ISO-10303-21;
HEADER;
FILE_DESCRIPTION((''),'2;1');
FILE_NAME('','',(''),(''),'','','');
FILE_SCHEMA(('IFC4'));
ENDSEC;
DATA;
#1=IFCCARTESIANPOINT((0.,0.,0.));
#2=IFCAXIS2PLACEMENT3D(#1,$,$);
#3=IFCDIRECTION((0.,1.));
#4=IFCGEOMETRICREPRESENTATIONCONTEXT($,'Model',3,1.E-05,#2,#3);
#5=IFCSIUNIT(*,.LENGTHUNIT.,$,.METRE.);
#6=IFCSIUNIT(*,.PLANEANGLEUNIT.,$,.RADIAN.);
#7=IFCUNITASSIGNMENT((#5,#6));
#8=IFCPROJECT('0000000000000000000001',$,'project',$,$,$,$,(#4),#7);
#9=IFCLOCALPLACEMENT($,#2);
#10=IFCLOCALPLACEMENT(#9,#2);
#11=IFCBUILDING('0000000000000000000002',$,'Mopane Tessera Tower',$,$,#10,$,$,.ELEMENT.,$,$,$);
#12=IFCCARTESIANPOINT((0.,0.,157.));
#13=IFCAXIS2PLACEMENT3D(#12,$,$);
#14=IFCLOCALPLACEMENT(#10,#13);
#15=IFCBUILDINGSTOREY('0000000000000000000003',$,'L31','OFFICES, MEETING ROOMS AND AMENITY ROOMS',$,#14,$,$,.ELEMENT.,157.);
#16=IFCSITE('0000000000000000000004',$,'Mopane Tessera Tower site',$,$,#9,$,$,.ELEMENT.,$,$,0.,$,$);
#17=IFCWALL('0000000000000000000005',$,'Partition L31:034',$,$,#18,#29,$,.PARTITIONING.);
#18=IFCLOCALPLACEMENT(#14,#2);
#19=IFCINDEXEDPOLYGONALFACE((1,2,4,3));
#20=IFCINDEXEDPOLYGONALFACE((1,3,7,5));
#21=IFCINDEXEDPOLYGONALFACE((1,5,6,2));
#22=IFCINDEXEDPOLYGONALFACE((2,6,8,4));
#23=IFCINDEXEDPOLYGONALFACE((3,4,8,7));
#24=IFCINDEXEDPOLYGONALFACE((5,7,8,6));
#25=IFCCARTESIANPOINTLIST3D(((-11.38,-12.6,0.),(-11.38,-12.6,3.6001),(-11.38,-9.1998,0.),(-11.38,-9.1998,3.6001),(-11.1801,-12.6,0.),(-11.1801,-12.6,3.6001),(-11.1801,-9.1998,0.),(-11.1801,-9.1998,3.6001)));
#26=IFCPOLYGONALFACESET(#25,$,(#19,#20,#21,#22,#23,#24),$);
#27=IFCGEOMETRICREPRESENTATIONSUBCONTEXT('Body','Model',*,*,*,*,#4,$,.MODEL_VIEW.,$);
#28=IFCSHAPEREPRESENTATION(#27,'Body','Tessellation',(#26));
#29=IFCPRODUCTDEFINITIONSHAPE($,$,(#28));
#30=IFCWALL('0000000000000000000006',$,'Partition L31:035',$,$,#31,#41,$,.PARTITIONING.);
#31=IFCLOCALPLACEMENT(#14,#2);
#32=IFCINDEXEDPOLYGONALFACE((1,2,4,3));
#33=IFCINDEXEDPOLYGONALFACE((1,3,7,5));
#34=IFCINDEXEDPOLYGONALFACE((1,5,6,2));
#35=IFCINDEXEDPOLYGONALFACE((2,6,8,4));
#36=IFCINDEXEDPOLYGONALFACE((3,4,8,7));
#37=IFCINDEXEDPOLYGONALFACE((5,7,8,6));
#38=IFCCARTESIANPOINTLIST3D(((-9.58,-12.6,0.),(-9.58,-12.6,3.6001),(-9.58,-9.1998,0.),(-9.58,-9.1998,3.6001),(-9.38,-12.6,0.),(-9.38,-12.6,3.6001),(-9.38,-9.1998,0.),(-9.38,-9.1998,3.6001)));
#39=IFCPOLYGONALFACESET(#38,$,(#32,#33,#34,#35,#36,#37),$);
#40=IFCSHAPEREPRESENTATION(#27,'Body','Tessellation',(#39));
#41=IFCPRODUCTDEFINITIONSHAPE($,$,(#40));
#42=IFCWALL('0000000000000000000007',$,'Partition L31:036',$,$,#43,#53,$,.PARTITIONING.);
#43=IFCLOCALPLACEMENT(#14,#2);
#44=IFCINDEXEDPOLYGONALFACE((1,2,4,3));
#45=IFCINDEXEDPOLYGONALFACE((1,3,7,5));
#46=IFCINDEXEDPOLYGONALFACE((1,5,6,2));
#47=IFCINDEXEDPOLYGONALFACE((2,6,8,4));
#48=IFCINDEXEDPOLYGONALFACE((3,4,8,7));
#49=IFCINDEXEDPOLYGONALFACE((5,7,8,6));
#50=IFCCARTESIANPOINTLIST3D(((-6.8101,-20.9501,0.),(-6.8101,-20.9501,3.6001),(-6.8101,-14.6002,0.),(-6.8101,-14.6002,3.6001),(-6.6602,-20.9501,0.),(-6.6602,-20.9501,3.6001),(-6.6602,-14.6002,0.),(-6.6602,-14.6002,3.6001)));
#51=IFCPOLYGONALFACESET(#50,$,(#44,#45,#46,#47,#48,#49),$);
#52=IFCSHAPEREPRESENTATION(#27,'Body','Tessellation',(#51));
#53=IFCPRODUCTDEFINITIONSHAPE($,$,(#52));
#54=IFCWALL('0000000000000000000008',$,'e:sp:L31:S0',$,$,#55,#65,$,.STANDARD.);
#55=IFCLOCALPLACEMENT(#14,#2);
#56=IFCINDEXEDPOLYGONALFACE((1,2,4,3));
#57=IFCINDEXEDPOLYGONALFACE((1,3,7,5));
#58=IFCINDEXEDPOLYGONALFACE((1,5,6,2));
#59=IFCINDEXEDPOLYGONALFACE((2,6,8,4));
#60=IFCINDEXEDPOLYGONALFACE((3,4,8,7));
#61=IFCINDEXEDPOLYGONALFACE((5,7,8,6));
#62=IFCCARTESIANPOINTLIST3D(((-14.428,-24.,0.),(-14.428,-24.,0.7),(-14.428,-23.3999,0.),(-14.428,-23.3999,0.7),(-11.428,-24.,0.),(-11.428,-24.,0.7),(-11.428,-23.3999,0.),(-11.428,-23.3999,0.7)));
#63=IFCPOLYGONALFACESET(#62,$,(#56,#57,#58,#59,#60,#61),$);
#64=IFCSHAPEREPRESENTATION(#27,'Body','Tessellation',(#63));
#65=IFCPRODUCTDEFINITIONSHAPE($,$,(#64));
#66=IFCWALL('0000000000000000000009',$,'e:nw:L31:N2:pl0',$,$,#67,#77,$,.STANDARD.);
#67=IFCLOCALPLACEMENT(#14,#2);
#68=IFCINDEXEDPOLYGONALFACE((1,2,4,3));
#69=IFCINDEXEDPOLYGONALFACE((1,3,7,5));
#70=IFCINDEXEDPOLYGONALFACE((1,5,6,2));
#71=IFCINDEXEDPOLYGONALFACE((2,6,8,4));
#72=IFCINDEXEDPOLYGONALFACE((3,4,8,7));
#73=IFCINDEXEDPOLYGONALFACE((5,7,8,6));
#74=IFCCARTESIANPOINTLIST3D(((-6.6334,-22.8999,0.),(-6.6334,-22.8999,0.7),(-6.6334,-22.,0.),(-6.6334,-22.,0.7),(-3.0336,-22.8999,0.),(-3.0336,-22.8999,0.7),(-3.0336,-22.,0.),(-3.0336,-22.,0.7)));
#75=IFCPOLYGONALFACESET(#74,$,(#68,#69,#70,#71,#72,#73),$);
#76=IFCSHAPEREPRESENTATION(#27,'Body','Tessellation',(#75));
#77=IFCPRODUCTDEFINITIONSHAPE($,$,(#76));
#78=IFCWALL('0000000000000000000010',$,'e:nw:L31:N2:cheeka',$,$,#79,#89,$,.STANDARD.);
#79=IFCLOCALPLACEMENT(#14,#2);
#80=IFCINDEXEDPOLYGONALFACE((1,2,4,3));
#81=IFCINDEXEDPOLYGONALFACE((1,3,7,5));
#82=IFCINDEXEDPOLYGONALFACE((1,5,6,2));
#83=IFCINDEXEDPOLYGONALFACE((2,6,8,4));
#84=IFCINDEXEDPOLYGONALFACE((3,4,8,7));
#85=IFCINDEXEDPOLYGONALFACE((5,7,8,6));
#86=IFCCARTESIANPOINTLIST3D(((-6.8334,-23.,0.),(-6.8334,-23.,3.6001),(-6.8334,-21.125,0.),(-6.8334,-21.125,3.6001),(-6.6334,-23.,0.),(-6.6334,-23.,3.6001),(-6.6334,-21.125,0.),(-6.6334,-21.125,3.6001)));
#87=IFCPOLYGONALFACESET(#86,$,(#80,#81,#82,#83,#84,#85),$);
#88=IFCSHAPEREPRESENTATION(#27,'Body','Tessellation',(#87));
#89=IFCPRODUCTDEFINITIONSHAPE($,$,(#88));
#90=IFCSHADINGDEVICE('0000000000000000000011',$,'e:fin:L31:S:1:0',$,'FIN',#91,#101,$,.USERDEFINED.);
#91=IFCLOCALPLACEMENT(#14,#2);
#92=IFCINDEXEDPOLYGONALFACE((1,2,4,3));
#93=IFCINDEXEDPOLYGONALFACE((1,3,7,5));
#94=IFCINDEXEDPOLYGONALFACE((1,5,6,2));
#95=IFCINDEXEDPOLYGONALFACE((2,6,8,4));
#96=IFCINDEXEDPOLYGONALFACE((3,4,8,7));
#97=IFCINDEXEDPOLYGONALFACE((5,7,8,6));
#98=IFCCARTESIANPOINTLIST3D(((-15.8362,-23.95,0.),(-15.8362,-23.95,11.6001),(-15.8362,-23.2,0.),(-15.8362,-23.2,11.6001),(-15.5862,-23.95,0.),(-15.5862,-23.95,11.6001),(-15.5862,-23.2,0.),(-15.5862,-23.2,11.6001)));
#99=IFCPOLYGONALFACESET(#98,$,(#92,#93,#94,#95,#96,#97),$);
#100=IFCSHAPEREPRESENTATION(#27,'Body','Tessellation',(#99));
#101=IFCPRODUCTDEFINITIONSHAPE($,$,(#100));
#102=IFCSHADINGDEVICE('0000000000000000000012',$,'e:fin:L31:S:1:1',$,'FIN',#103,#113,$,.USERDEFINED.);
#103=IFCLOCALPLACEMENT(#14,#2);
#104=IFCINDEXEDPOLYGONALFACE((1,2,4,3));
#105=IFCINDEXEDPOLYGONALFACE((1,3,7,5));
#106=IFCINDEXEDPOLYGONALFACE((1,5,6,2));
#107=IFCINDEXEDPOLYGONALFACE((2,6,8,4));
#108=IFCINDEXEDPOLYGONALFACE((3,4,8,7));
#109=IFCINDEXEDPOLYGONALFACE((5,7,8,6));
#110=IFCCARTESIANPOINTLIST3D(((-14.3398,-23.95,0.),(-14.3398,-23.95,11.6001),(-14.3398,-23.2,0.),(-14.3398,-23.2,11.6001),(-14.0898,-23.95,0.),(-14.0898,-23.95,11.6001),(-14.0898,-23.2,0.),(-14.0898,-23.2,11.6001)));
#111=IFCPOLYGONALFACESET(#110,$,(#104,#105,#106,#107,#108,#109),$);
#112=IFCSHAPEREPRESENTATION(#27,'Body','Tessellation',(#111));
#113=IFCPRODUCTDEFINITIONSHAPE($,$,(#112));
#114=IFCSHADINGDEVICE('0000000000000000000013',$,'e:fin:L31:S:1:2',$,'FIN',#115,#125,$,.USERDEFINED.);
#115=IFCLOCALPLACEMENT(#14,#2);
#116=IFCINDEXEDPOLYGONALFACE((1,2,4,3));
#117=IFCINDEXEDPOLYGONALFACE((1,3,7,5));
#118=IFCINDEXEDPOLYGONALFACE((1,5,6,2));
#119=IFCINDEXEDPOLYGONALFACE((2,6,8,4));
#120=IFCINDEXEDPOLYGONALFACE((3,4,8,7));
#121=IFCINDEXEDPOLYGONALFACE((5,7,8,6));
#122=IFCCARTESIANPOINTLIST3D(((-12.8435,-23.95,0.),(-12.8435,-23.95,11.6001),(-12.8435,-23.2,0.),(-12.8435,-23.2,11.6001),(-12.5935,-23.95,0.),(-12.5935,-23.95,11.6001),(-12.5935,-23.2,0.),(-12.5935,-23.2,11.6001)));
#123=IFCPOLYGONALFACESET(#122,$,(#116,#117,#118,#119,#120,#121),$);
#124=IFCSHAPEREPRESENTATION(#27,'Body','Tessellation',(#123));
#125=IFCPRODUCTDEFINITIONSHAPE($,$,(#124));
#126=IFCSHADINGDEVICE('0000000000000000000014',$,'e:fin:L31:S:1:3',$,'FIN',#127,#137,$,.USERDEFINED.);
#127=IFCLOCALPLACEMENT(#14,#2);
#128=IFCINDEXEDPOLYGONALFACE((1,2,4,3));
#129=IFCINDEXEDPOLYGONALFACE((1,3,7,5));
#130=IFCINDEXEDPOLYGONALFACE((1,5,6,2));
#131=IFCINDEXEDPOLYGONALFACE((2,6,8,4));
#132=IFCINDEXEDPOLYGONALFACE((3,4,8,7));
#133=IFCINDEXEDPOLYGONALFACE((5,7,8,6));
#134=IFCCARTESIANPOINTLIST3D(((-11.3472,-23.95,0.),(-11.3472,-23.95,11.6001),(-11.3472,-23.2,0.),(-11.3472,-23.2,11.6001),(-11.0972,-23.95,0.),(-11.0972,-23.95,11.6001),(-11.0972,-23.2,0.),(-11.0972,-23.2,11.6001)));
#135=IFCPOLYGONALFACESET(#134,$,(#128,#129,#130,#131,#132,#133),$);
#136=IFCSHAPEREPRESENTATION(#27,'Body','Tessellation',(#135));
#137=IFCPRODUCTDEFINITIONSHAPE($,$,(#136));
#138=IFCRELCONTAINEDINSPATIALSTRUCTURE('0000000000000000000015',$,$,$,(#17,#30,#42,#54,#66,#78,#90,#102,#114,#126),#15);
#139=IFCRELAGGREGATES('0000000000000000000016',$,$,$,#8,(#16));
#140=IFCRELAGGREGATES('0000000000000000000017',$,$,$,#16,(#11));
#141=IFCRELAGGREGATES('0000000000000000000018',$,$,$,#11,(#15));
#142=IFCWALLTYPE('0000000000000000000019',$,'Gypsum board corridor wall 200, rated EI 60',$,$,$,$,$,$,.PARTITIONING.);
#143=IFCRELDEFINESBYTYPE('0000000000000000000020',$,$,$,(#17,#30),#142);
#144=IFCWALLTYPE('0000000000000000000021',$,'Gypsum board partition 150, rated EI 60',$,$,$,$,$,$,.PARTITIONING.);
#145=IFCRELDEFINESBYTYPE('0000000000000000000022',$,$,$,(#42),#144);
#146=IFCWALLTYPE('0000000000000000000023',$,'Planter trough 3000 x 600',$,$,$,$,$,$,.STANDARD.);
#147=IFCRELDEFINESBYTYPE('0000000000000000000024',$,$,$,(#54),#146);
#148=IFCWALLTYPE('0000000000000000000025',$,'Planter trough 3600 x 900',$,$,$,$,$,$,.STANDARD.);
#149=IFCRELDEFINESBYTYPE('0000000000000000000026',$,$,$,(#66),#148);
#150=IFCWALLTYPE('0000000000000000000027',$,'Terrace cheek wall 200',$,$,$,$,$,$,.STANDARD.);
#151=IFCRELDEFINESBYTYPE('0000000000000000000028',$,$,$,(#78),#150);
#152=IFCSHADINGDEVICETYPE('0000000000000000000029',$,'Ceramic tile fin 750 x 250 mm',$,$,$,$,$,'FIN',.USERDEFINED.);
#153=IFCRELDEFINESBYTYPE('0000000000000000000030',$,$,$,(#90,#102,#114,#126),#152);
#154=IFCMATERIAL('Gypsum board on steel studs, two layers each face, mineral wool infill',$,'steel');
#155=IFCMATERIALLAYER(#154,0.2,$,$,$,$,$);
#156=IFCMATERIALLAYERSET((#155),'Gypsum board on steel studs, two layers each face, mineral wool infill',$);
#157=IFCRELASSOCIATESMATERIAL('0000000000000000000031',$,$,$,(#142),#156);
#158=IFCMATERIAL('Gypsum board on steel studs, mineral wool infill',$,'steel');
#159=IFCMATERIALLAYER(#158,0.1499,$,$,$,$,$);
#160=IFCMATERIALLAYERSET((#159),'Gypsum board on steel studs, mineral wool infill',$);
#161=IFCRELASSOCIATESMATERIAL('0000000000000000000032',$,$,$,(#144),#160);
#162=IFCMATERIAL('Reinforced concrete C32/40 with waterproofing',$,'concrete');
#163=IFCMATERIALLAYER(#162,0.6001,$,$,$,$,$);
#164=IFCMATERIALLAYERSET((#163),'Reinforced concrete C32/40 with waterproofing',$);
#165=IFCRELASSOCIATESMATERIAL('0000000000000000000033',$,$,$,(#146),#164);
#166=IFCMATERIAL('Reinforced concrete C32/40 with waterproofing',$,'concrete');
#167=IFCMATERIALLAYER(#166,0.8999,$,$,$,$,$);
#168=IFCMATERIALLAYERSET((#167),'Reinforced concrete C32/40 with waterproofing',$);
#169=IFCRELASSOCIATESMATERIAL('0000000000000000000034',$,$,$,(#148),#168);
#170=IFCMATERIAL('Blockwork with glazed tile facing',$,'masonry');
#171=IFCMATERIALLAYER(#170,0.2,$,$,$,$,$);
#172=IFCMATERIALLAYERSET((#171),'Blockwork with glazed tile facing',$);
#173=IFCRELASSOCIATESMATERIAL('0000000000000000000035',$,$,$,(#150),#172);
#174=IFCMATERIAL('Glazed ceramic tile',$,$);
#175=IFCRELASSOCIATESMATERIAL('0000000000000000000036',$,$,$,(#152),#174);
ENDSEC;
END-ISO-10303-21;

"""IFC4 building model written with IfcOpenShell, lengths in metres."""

from ifc_helpers import new_model, si_unit, direction, frame, frame_2d, origin, origin_2d, place, context, subcontext, project, spatial, rectangle, extrude, material, layer, layer_set, type_object, element, save


model = new_model("IFC4")

# Units and contexts
model_context = context("Model", 3, precision=1e-05, world=origin(), true_north=direction((0.0, 1.0)))
body_context = subcontext(model_context, "Body", "Model", "MODEL_VIEW")
ifc_project = project(units=[si_unit("LENGTHUNIT", "METRE"), si_unit("PLANEANGLEUNIT", "RADIAN")], contexts=[model_context])

# Site, building, storey
site_placement = place(None, origin())
site = spatial("IfcSite", under=ifc_project, at=site_placement, Name="Mopane Tessera Tower site", CompositionType="ELEMENT", RefElevation=0.0)
building_placement = place(site_placement, origin())
building = spatial("IfcBuilding", under=site, at=building_placement, Name="Mopane Tessera Tower", CompositionType="ELEMENT")
storey_placement = place(building_placement, frame((0.0, 0.0, 157.0)))
storey = spatial("IfcBuildingStorey", under=building, at=storey_placement, Name="L31", Description="OFFICES, MEETING ROOMS AND AMENITY ROOMS", CompositionType="ELEMENT", Elevation=157.0)

# Shared definitions
ifc_material_1 = material(Name="Gypsum board on steel studs, two layers each face, mineral wool infill", Category="steel")
ifc_layer_1 = layer(ifc_material_1, 0.2)
ifc_layer_set_1 = layer_set([ifc_layer_1], Name="Gypsum board on steel studs, two layers each face, mineral wool infill")
wall_type_1 = type_object("IfcWallType", Name="Gypsum board corridor wall 200, rated EI 60", PredefinedType="PARTITIONING", material=ifc_layer_set_1)

# Walls
for number, where, z_axis, x_axis, name in (
    (1, (-11.28, -12.6001, 0.0), (0.0, 0.0, 1.0), (0.0, 1.0, 0.0), "Partition L31:034"),
    (2, (-9.48, -12.6001, 0.0), (0.0, 0.0, 1.0), (0.0, 1.0, 0.0), "Partition L31:035"),
):
    element("IfcWall", number, at=place(storey_placement, frame(where, z_axis=z_axis, x_axis=x_axis)), inside=storey, type_object=wall_type_1, Name=name, PredefinedType="PARTITIONING", context=body_context, shape_type="SweptSolid", body=[
        extrude(rectangle(XDim=3.4001, YDim=0.2, at=frame_2d((1.7002, 0.0))), origin(), (0.0, 0.0, 1.0), 3.6001),
    ])
ifc_material_2 = material(Name="Gypsum board on steel studs, mineral wool infill", Category="steel")
ifc_layer_2 = layer(ifc_material_2, 0.1499)
ifc_layer_set_2 = layer_set([ifc_layer_2], Name="Gypsum board on steel studs, mineral wool infill")
wall_type_2 = type_object("IfcWallType", Name="Gypsum board partition 150, rated EI 60", PredefinedType="PARTITIONING", material=ifc_layer_set_2)
wall_1_placement = place(storey_placement, frame((-6.7351, -20.95, 0.0), z_axis=(0.0, 0.0, 1.0), x_axis=(0.0, 1.0, 0.0)))
element("IfcWall", 3, at=wall_1_placement, inside=storey, type_object=wall_type_2, Name="Partition L31:036", PredefinedType="PARTITIONING", context=body_context, shape_type="SweptSolid", body=[
    extrude(rectangle(XDim=6.3499, YDim=0.1499, at=frame_2d((3.1748, 0.0))), origin(), (0.0, 0.0, 1.0), 3.6001),
])
ifc_material_3 = material(Name="Reinforced concrete C32/40 with waterproofing", Category="concrete")
ifc_layer_3 = layer(ifc_material_3, 0.6001)
ifc_layer_set_3 = layer_set([ifc_layer_3], Name="Reinforced concrete C32/40 with waterproofing")
wall_type_3 = type_object("IfcWallType", Name="Planter trough 3000 x 600", PredefinedType="STANDARD", material=ifc_layer_set_3)
wall_2_placement = place(storey_placement, frame((-14.428, -23.7, 0.0), z_axis=(0.0, 0.0, 1.0), x_axis=(1.0, 0.0, 0.0)))
element("IfcWall", 4, at=wall_2_placement, inside=storey, type_object=wall_type_3, Name="e:sp:L31:S0", PredefinedType="STANDARD", context=body_context, shape_type="SweptSolid", body=[
    extrude(rectangle(XDim=3.0, YDim=0.6001, at=frame_2d((1.5, 0.0))), origin(), (0.0, 0.0, 1.0), 0.7),
])
ifc_material_4 = material(Name="Reinforced concrete C32/40 with waterproofing", Category="concrete")
ifc_layer_4 = layer(ifc_material_4, 0.8999)
ifc_layer_set_4 = layer_set([ifc_layer_4], Name="Reinforced concrete C32/40 with waterproofing")
wall_type_4 = type_object("IfcWallType", Name="Planter trough 3600 x 900", PredefinedType="STANDARD", material=ifc_layer_set_4)
wall_3_placement = place(storey_placement, frame((-6.6333, -22.45, 0.0), z_axis=(0.0, 0.0, 1.0), x_axis=(1.0, 0.0, 0.0)))
element("IfcWall", 5, at=wall_3_placement, inside=storey, type_object=wall_type_4, Name="e:nw:L31:N2:pl0", PredefinedType="STANDARD", context=body_context, shape_type="SweptSolid", body=[
    extrude(rectangle(XDim=3.5999, YDim=0.8999, at=frame_2d((1.7998, 0.0))), origin(), (0.0, 0.0, 1.0), 0.7),
])
ifc_material_5 = material(Name="Blockwork with glazed tile facing", Category="masonry")
ifc_layer_5 = layer(ifc_material_5, 0.2)
ifc_layer_set_5 = layer_set([ifc_layer_5], Name="Blockwork with glazed tile facing")
wall_type_5 = type_object("IfcWallType", Name="Terrace cheek wall 200", PredefinedType="STANDARD", material=ifc_layer_set_5)
wall_4_placement = place(storey_placement, frame((-6.7334, -23.0, 0.0), z_axis=(0.0, 0.0, 1.0), x_axis=(0.0, 1.0, 0.0)))
element("IfcWall", 6, at=wall_4_placement, inside=storey, type_object=wall_type_5, Name="e:nw:L31:N2:cheeka", PredefinedType="STANDARD", context=body_context, shape_type="SweptSolid", body=[
    extrude(rectangle(XDim=1.875, YDim=0.2, at=frame_2d((0.9375, 0.0))), origin(), (0.0, 0.0, 1.0), 3.6001),
])

# Shading devices
ifc_material_6 = material(Name="Glazed ceramic tile")
shading_device_type = type_object("IfcShadingDeviceType", Name="Ceramic tile fin 750 x 250 mm", ElementType="FIN", PredefinedType="USERDEFINED", material=ifc_material_6)
for number, where, z_axis, x_axis, name in (
    (7, (-15.7112, -23.575, 0.0), (0.0, 0.0, 1.0), (1.0, 0.0, 0.0), "e:fin:L31:S:1:0"),
    (8, (-14.2148, -23.575, 0.0), (0.0, 0.0, 1.0), (1.0, 0.0, 0.0), "e:fin:L31:S:1:1"),
    (9, (-12.7185, -23.575, 0.0), (0.0, 0.0, 1.0), (1.0, 0.0, 0.0), "e:fin:L31:S:1:2"),
    (10, (-11.2222, -23.575, 0.0), (0.0, 0.0, 1.0), (1.0, 0.0, 0.0), "e:fin:L31:S:1:3"),
):
    element("IfcShadingDevice", number, at=place(storey_placement, frame(where, z_axis=z_axis, x_axis=x_axis)), inside=storey, type_object=shading_device_type, Name=name, ObjectType="FIN", PredefinedType="USERDEFINED", context=body_context, shape_type="SweptSolid", body=[
        extrude(rectangle(XDim=0.25, YDim=0.75, at=origin_2d()), origin(), (0.0, 0.0, 1.0), 11.6001),
    ])

save(model, "model.ifc")
